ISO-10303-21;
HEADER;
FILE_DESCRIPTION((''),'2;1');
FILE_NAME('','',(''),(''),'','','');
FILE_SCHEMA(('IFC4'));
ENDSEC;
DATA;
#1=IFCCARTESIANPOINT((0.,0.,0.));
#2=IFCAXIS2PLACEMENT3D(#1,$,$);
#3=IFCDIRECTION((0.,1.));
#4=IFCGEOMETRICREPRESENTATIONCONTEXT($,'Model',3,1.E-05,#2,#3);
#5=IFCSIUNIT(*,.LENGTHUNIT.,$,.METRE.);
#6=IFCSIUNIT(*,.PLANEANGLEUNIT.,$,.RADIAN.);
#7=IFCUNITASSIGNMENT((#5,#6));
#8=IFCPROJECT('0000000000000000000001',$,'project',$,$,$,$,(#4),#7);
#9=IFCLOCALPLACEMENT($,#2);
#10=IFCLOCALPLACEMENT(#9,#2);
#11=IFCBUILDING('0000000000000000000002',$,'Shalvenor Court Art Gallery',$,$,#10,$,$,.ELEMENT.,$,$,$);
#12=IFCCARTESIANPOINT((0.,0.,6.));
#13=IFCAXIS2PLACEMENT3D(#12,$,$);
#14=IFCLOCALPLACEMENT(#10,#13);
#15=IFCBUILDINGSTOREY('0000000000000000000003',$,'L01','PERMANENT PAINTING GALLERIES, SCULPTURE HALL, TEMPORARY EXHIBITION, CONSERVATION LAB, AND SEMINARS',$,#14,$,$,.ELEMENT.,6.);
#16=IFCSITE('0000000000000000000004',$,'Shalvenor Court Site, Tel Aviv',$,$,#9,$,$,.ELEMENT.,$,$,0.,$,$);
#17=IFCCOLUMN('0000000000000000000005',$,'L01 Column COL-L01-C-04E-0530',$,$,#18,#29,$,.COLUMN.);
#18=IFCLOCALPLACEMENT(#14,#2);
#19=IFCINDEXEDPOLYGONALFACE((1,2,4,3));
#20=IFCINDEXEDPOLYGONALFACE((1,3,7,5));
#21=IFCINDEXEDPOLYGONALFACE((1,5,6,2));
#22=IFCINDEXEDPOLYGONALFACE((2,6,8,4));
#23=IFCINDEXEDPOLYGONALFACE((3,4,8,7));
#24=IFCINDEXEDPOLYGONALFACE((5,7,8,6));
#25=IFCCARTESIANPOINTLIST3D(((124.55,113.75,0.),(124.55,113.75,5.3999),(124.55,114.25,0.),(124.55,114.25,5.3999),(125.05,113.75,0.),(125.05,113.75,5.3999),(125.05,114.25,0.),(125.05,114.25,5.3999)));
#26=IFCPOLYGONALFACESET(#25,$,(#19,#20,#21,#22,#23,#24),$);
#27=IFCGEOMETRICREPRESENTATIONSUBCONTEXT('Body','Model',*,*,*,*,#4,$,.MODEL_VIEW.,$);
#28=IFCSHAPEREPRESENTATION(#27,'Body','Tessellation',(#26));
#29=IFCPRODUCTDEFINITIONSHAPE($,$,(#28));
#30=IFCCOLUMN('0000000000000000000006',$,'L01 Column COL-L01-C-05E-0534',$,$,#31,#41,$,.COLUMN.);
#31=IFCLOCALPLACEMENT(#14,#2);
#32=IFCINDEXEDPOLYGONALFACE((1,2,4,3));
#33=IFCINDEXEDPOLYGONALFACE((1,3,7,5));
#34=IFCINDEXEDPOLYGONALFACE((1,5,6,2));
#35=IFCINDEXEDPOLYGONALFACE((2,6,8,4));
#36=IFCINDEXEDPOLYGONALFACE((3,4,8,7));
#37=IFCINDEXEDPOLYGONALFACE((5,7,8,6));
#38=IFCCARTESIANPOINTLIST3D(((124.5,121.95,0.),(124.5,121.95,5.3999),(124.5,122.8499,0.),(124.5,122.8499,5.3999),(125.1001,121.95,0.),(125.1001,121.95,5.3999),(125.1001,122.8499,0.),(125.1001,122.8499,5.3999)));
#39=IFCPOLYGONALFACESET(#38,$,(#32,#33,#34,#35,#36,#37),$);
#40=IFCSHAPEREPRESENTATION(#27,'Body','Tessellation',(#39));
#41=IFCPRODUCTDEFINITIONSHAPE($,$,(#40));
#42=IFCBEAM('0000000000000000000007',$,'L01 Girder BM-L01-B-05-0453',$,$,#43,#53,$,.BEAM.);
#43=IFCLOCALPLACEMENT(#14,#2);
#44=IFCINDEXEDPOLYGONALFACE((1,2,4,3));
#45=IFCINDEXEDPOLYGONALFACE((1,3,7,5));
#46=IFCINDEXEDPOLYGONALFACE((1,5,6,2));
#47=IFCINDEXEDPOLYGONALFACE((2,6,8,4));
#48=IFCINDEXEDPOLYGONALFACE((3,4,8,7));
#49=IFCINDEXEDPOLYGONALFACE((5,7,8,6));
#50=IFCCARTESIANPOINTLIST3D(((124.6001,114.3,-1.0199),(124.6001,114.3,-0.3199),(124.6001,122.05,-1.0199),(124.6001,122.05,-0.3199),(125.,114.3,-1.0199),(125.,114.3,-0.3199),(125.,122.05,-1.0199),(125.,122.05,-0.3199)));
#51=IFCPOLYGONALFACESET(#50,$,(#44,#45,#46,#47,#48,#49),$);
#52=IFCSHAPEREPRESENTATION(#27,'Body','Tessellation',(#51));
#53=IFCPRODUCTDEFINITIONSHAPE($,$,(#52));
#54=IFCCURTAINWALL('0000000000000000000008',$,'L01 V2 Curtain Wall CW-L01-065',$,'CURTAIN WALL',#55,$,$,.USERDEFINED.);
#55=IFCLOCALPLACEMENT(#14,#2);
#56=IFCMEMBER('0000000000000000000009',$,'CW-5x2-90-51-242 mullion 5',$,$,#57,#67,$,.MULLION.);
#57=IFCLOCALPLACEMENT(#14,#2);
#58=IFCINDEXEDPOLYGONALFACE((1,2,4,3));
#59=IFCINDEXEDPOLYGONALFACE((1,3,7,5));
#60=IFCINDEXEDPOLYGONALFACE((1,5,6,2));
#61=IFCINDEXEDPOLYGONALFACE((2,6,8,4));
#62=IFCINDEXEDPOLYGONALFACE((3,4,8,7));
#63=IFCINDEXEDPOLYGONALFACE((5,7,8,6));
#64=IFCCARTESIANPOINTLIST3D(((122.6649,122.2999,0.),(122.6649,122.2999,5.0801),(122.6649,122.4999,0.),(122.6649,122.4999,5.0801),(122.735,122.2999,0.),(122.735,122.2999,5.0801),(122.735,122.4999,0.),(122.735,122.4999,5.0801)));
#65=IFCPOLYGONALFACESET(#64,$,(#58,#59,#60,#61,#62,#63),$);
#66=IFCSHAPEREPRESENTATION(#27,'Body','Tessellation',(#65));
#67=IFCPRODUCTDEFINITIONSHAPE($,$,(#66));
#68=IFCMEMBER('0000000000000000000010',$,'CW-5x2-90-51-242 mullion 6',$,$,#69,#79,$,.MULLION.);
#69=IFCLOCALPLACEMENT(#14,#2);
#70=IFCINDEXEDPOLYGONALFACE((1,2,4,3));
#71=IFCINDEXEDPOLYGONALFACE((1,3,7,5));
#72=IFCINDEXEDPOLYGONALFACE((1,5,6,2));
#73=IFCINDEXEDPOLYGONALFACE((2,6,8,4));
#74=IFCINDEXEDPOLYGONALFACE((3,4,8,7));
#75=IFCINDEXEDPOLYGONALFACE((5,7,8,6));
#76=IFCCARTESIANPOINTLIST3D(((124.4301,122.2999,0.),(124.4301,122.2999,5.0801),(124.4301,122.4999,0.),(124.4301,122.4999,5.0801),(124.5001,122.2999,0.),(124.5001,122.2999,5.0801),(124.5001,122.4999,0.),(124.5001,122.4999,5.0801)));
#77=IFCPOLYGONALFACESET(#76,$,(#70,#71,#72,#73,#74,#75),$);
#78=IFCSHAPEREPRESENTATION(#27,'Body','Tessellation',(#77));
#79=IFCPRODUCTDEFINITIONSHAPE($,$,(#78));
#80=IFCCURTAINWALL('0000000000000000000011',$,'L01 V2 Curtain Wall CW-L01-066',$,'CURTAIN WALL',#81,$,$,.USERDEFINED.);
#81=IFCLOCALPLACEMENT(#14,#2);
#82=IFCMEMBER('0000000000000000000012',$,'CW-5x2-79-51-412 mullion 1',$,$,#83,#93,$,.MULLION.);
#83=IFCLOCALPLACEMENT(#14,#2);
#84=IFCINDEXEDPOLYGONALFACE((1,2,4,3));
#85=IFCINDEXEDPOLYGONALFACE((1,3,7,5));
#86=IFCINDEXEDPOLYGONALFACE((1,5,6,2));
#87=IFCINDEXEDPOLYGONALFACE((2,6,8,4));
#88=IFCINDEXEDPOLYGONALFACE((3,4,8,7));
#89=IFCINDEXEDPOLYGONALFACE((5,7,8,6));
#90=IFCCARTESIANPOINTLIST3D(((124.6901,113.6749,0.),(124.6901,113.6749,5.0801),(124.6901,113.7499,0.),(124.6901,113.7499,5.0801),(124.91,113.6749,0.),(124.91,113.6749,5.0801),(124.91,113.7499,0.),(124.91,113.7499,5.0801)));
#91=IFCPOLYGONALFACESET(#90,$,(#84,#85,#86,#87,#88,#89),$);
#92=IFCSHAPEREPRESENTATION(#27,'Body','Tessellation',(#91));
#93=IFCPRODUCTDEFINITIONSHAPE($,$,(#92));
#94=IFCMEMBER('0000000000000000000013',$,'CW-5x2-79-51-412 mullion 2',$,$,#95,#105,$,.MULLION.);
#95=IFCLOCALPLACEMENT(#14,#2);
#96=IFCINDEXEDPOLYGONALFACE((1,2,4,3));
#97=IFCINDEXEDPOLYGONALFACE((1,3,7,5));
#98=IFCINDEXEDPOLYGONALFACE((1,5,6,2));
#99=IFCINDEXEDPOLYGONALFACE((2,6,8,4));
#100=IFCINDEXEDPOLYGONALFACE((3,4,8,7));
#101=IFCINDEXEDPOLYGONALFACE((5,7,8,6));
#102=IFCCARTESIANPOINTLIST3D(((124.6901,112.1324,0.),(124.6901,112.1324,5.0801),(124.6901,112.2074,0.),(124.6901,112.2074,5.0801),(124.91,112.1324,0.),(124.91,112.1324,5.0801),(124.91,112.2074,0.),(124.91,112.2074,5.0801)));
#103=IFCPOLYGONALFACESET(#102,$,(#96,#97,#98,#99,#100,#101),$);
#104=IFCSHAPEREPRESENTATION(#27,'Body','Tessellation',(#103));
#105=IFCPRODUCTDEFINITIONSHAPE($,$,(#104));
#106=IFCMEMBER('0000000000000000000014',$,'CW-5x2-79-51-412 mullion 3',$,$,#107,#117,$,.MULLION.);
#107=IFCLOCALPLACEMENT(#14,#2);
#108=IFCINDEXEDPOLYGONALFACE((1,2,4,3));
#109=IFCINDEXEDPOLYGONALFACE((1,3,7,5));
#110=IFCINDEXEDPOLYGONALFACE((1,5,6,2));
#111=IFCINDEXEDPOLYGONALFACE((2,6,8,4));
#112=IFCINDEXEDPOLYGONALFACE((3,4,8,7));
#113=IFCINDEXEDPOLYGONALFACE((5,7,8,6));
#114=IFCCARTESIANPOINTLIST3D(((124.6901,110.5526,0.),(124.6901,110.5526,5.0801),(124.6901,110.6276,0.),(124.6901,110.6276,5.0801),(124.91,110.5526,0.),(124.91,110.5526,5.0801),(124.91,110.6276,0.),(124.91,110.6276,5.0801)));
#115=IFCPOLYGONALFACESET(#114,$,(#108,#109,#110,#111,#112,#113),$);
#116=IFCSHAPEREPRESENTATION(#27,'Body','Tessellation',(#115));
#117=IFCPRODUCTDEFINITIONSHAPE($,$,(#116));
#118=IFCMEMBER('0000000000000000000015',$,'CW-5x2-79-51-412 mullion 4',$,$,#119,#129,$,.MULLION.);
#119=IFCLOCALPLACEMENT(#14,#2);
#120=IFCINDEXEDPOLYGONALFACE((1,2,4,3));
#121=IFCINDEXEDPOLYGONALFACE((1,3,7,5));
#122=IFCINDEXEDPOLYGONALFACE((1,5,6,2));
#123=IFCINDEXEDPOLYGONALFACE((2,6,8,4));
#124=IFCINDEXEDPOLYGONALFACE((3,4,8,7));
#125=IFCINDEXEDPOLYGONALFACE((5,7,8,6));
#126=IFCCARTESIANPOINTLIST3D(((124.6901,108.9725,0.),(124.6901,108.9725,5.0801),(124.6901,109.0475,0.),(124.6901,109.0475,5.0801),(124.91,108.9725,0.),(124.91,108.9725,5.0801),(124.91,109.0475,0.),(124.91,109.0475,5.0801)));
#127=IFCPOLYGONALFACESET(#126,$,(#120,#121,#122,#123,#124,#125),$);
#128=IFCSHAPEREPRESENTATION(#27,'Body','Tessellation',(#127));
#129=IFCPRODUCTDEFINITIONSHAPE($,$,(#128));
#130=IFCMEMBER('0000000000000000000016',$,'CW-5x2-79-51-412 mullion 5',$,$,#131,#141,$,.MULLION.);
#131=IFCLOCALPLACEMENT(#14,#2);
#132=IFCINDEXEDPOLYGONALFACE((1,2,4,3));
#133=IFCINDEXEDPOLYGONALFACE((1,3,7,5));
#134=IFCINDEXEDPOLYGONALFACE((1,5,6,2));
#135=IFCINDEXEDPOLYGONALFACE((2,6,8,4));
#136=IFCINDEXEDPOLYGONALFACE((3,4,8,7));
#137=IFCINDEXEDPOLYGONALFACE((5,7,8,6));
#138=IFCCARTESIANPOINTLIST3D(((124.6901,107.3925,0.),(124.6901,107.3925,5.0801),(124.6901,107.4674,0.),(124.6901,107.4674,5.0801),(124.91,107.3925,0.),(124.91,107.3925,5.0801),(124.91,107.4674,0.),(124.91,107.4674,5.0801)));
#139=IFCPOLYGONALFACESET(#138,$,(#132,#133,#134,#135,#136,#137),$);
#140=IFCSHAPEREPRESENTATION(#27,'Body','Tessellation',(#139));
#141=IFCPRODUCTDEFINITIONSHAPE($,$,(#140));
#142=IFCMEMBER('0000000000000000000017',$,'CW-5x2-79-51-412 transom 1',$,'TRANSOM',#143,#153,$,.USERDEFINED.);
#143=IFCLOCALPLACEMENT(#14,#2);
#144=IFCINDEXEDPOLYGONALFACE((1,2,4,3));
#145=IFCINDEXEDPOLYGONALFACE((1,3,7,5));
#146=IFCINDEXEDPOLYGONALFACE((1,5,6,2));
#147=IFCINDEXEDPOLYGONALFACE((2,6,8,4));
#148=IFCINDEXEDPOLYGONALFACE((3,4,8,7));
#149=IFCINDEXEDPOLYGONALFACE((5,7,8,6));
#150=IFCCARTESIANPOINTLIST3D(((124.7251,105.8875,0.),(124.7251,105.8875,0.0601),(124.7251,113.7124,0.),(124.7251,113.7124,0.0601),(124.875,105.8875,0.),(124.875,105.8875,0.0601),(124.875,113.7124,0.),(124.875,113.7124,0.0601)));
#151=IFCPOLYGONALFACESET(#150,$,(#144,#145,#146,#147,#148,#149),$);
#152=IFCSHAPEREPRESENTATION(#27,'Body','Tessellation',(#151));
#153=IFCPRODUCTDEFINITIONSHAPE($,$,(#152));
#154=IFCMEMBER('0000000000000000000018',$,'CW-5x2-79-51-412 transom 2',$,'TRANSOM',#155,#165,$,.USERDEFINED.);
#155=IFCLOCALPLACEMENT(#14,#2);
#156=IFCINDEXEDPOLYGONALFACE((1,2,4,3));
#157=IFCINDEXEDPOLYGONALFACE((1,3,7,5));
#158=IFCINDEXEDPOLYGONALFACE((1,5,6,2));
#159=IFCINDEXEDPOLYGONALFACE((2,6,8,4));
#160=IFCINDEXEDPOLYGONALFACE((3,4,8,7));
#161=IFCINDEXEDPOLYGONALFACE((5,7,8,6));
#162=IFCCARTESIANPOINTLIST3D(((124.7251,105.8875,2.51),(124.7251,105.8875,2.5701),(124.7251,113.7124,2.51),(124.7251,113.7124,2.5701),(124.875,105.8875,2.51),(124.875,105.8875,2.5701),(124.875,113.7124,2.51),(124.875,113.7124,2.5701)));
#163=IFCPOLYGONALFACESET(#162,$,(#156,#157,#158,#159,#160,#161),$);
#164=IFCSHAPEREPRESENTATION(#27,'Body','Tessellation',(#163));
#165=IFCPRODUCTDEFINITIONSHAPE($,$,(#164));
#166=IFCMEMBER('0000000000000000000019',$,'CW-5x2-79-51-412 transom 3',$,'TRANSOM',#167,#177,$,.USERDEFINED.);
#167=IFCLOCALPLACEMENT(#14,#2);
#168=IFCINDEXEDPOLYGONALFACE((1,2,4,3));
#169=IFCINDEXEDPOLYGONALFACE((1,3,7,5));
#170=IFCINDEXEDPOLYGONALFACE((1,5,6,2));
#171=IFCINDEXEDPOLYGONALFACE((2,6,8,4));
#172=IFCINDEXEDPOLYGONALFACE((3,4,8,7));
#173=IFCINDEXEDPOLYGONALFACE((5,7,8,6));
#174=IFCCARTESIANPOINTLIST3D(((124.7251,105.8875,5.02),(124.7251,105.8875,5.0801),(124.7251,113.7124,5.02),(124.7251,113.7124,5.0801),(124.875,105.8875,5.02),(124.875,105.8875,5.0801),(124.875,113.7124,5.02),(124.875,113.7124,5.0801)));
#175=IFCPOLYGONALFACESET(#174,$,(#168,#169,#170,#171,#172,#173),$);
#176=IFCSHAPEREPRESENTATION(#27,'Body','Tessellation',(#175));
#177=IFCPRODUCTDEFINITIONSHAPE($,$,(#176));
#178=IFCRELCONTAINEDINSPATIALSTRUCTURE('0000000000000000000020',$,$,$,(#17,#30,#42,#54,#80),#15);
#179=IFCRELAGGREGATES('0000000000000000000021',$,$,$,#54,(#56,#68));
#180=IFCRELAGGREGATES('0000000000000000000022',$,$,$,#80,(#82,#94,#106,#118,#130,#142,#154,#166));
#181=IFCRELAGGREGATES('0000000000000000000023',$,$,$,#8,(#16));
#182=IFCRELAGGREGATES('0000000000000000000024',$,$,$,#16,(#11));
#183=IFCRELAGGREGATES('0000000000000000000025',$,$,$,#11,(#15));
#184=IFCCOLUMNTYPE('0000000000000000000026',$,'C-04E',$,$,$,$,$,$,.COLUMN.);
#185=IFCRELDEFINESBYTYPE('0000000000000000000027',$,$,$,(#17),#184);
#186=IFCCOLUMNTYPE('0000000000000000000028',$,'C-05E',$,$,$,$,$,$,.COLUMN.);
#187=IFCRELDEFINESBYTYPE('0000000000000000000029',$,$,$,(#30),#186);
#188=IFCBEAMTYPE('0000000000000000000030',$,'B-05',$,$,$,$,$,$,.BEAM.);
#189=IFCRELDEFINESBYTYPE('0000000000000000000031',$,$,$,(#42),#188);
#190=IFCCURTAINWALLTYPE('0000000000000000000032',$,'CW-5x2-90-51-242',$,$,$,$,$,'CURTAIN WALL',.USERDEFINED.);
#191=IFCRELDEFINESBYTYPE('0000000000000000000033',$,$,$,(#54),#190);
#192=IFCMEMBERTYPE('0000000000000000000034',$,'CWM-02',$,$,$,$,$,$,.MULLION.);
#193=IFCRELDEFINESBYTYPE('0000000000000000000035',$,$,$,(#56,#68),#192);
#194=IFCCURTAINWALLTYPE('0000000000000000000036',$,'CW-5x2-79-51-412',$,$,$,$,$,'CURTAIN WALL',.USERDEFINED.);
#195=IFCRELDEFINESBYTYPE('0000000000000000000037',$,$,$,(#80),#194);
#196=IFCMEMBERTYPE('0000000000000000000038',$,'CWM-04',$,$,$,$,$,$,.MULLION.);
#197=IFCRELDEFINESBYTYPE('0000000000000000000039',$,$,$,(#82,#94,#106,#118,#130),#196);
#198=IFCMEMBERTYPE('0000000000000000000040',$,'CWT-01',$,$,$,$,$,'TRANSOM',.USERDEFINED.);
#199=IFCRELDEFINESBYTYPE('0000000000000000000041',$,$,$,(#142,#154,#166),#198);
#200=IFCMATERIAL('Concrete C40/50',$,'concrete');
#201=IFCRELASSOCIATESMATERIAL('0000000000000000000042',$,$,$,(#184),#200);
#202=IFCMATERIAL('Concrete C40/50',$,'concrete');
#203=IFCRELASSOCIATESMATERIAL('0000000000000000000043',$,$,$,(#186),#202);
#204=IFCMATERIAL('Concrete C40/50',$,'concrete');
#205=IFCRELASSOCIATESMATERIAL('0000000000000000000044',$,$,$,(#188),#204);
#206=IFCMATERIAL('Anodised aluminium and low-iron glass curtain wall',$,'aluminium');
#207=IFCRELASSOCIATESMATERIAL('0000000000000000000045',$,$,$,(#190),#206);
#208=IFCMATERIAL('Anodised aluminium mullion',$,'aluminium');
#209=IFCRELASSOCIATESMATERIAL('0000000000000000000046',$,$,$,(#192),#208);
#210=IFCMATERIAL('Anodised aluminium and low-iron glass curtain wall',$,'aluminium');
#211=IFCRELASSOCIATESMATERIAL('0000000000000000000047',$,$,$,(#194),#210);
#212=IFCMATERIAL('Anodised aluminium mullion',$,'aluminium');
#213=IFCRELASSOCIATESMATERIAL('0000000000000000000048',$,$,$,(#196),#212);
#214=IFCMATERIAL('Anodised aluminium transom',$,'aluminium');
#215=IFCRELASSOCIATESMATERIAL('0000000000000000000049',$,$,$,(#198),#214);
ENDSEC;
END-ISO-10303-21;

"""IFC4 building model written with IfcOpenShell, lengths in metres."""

from ifc_helpers import new_model, si_unit, direction, frame, origin, origin_2d, place, context, subcontext, project, spatial, rectangle, extrude, material, material_profile, profile_set, type_object, element, aggregate, save


model = new_model("IFC4")

# Units and contexts
model_context = context("Model", 3, precision=1e-05, world=origin(), true_north=direction((0.0, 1.0)))
body_context = subcontext(model_context, "Body", "Model", "MODEL_VIEW")
ifc_project = project(units=[si_unit("LENGTHUNIT", "METRE"), si_unit("PLANEANGLEUNIT", "RADIAN")], contexts=[model_context])

# Site, building, storey
site_placement = place(None, origin())
site = spatial("IfcSite", under=ifc_project, at=site_placement, Name="Shalvenor Court Site, Tel Aviv", CompositionType="ELEMENT", RefElevation=0.0)
building_placement = place(site_placement, origin())
building = spatial("IfcBuilding", under=site, at=building_placement, Name="Shalvenor Court Art Gallery", CompositionType="ELEMENT")
storey_placement = place(building_placement, frame((0.0, 0.0, 6.0)))
storey = spatial("IfcBuildingStorey", under=building, at=storey_placement, Name="L01", Description="PERMANENT PAINTING GALLERIES, SCULPTURE HALL, TEMPORARY EXHIBITION, CONSERVATION LAB, AND SEMINARS", CompositionType="ELEMENT", Elevation=6.0)

# Columns
ifc_material_1 = material(Name="Concrete C40/50", Category="concrete")
ifc_material_profile_1 = material_profile(ifc_material_1, rectangle(XDim=0.5, YDim=0.5, at=origin_2d()), Name="RC 500x500")
ifc_profile_set_1 = profile_set([ifc_material_profile_1], Name="Concrete C40/50")
column_type_1 = type_object("IfcColumnType", Name="C-04E", PredefinedType="COLUMN", material=ifc_profile_set_1)
column_1_placement = place(storey_placement, frame((124.8, 114.0, 0.0), z_axis=(0.0, 0.0, 1.0), x_axis=(1.0, 0.0, 0.0)))
element("IfcColumn", 1, at=column_1_placement, inside=storey, type_object=column_type_1, Name="L01 Column COL-L01-C-04E-0530", PredefinedType="COLUMN", context=body_context, shape_type="SweptSolid", body=[
    extrude(rectangle(XDim=0.5, YDim=0.5, at=origin_2d()), origin(), (0.0, 0.0, 1.0), 5.3999),
])
ifc_material_2 = material(Name="Concrete C40/50", Category="concrete")
ifc_material_profile_2 = material_profile(ifc_material_2, rectangle(XDim=0.6001, YDim=0.8999, at=origin_2d()), Name="RC 600x900")
ifc_profile_set_2 = profile_set([ifc_material_profile_2], Name="Concrete C40/50")
column_type_2 = type_object("IfcColumnType", Name="C-05E", PredefinedType="COLUMN", material=ifc_profile_set_2)
column_2_placement = place(storey_placement, frame((124.8, 122.3999, 0.0), z_axis=(0.0, 0.0, 1.0), x_axis=(1.0, 0.0, 0.0)))
element("IfcColumn", 2, at=column_2_placement, inside=storey, type_object=column_type_2, Name="L01 Column COL-L01-C-05E-0534", PredefinedType="COLUMN", context=body_context, shape_type="SweptSolid", body=[
    extrude(rectangle(XDim=0.6001, YDim=0.8999, at=origin_2d()), origin(), (0.0, 0.0, 1.0), 5.3999),
])

# Beam
ifc_material_3 = material(Name="Concrete C40/50", Category="concrete")
ifc_material_profile_3 = material_profile(ifc_material_3, rectangle(XDim=0.3999, YDim=0.7, at=origin_2d()), Name="RC 400x700")
ifc_profile_set_3 = profile_set([ifc_material_profile_3], Name="Concrete C40/50")
beam_type = type_object("IfcBeamType", Name="B-05", PredefinedType="BEAM", material=ifc_profile_set_3)
beam_placement = place(storey_placement, frame((124.8, 114.3, -0.6699), z_axis=(0.0, 1.0, 0.0), x_axis=(-1.0, 0.0, 0.0)))
element("IfcBeam", 3, at=beam_placement, inside=storey, type_object=beam_type, Name="L01 Girder BM-L01-B-05-0453", PredefinedType="BEAM", context=body_context, shape_type="SweptSolid", body=[
    extrude(rectangle(XDim=0.3999, YDim=0.7, at=origin_2d()), origin(), (0.0, 0.0, 1.0), 7.75),
])

# Curtain walls, members
ifc_material_4 = material(Name="Anodised aluminium and low-iron glass curtain wall", Category="aluminium")
curtain_wall_type_1 = type_object("IfcCurtainWallType", Name="CW-5x2-90-51-242", ElementType="CURTAIN WALL", PredefinedType="USERDEFINED", material=ifc_material_4)
curtain_wall_1_placement = place(storey_placement, origin())
curtain_wall_1 = element("IfcCurtainWall", 4, at=curtain_wall_1_placement, inside=storey, type_object=curtain_wall_type_1, Name="L01 V2 Curtain Wall CW-L01-065", ObjectType="CURTAIN WALL", PredefinedType="USERDEFINED")
ifc_material_5 = material(Name="Anodised aluminium mullion", Category="aluminium")
ifc_material_profile_4 = material_profile(ifc_material_5, rectangle(XDim=0.0701, YDim=0.2, at=origin_2d()), Name="CWM-02")
ifc_profile_set_4 = profile_set([ifc_material_profile_4], Name="Anodised aluminium mullion")
member_type_1 = type_object("IfcMemberType", Name="CWM-02", PredefinedType="MULLION", material=ifc_profile_set_4)
member_1_placement = place(storey_placement, frame((122.7, 122.3999, 0.0), z_axis=(0.0, 0.0, 1.0), x_axis=(1.0, 0.0, 0.0)))
member_1 = element("IfcMember", 5, at=member_1_placement, type_object=member_type_1, Name="CW-5x2-90-51-242 mullion 5", PredefinedType="MULLION", context=body_context, shape_type="SweptSolid", body=[
    extrude(rectangle(XDim=0.0701, YDim=0.2, at=origin_2d()), origin(), (0.0, 0.0, 1.0), 5.0801),
])
member_2_placement = place(storey_placement, frame((124.4651, 122.3999, 0.0), z_axis=(0.0, 0.0, 1.0), x_axis=(1.0, 0.0, 0.0)))
member_2 = element("IfcMember", 6, at=member_2_placement, type_object=member_type_1, Name="CW-5x2-90-51-242 mullion 6", PredefinedType="MULLION", context=body_context, shape_type="SweptSolid", body=[
    extrude(rectangle(XDim=0.0701, YDim=0.2, at=origin_2d()), origin(), (0.0, 0.0, 1.0), 5.0801),
])
ifc_material_6 = material(Name="Anodised aluminium and low-iron glass curtain wall", Category="aluminium")
curtain_wall_type_2 = type_object("IfcCurtainWallType", Name="CW-5x2-79-51-412", ElementType="CURTAIN WALL", PredefinedType="USERDEFINED", material=ifc_material_6)
curtain_wall_2_placement = place(storey_placement, origin())
curtain_wall_2 = element("IfcCurtainWall", 7, at=curtain_wall_2_placement, inside=storey, type_object=curtain_wall_type_2, Name="L01 V2 Curtain Wall CW-L01-066", ObjectType="CURTAIN WALL", PredefinedType="USERDEFINED")
ifc_material_7 = material(Name="Anodised aluminium mullion", Category="aluminium")
ifc_material_profile_5 = material_profile(ifc_material_7, rectangle(XDim=0.075, YDim=0.22, at=origin_2d()), Name="CWM-04")
ifc_profile_set_5 = profile_set([ifc_material_profile_5], Name="Anodised aluminium mullion")
member_type_2 = type_object("IfcMemberType", Name="CWM-04", PredefinedType="MULLION", material=ifc_profile_set_5)
member_3_placement = place(storey_placement, frame((124.8, 113.7124, 0.0), z_axis=(0.0, 0.0, 1.0), x_axis=(0.0, -1.0, 0.0)))
member_3 = element("IfcMember", 8, at=member_3_placement, type_object=member_type_2, Name="CW-5x2-79-51-412 mullion 1", PredefinedType="MULLION", context=body_context, shape_type="SweptSolid", body=[
    extrude(rectangle(XDim=0.075, YDim=0.22, at=origin_2d()), origin(), (0.0, 0.0, 1.0), 5.0801),
])
member_4_placement = place(storey_placement, frame((124.8, 112.1699, 0.0), z_axis=(0.0, 0.0, 1.0), x_axis=(0.0, -1.0, 0.0)))
member_4 = element("IfcMember", 9, at=member_4_placement, type_object=member_type_2, Name="CW-5x2-79-51-412 mullion 2", PredefinedType="MULLION", context=body_context, shape_type="SweptSolid", body=[
    extrude(rectangle(XDim=0.075, YDim=0.22, at=origin_2d()), origin(), (0.0, 0.0, 1.0), 5.0801),
])
member_5_placement = place(storey_placement, frame((124.8, 110.5901, 0.0), z_axis=(0.0, 0.0, 1.0), x_axis=(0.0, -1.0, 0.0)))
member_5 = element("IfcMember", 10, at=member_5_placement, type_object=member_type_2, Name="CW-5x2-79-51-412 mullion 3", PredefinedType="MULLION", context=body_context, shape_type="SweptSolid", body=[
    extrude(rectangle(XDim=0.075, YDim=0.22, at=origin_2d()), origin(), (0.0, 0.0, 1.0), 5.0801),
])
member_6_placement = place(storey_placement, frame((124.8, 109.01, 0.0), z_axis=(0.0, 0.0, 1.0), x_axis=(0.0, -1.0, 0.0)))
member_6 = element("IfcMember", 11, at=member_6_placement, type_object=member_type_2, Name="CW-5x2-79-51-412 mullion 4", PredefinedType="MULLION", context=body_context, shape_type="SweptSolid", body=[
    extrude(rectangle(XDim=0.075, YDim=0.22, at=origin_2d()), origin(), (0.0, 0.0, 1.0), 5.0801),
])
member_7_placement = place(storey_placement, frame((124.8, 107.4299, 0.0), z_axis=(0.0, 0.0, 1.0), x_axis=(0.0, -1.0, 0.0)))
member_7 = element("IfcMember", 12, at=member_7_placement, type_object=member_type_2, Name="CW-5x2-79-51-412 mullion 5", PredefinedType="MULLION", context=body_context, shape_type="SweptSolid", body=[
    extrude(rectangle(XDim=0.075, YDim=0.22, at=origin_2d()), origin(), (0.0, 0.0, 1.0), 5.0801),
])
ifc_material_8 = material(Name="Anodised aluminium transom", Category="aluminium")
ifc_material_profile_6 = material_profile(ifc_material_8, rectangle(XDim=0.1499, YDim=0.0601, at=origin_2d()), Name="CWT-01")
ifc_profile_set_6 = profile_set([ifc_material_profile_6], Name="Anodised aluminium transom")
member_type_3 = type_object("IfcMemberType", Name="CWT-01", ElementType="TRANSOM", PredefinedType="USERDEFINED", material=ifc_profile_set_6)
member_8_placement = place(storey_placement, frame((124.8, 113.7124, 0.03), z_axis=(0.0, -1.0, 0.0), x_axis=(1.0, 0.0, 0.0)))
member_8 = element("IfcMember", 13, at=member_8_placement, type_object=member_type_3, Name="CW-5x2-79-51-412 transom 1", ObjectType="TRANSOM", PredefinedType="USERDEFINED", context=body_context, shape_type="SweptSolid", body=[
    extrude(rectangle(XDim=0.1499, YDim=0.0601, at=origin_2d()), origin(), (0.0, 0.0, 1.0), 7.825),
])
member_9_placement = place(storey_placement, frame((124.8, 113.7124, 2.54), z_axis=(0.0, -1.0, 0.0), x_axis=(1.0, 0.0, 0.0)))
member_9 = element("IfcMember", 14, at=member_9_placement, type_object=member_type_3, Name="CW-5x2-79-51-412 transom 2", ObjectType="TRANSOM", PredefinedType="USERDEFINED", context=body_context, shape_type="SweptSolid", body=[
    extrude(rectangle(XDim=0.1499, YDim=0.0601, at=origin_2d()), origin(), (0.0, 0.0, 1.0), 7.825),
])
member_10_placement = place(storey_placement, frame((124.8, 113.7124, 5.05), z_axis=(0.0, -1.0, 0.0), x_axis=(1.0, 0.0, 0.0)))
member_10 = element("IfcMember", 15, at=member_10_placement, type_object=member_type_3, Name="CW-5x2-79-51-412 transom 3", ObjectType="TRANSOM", PredefinedType="USERDEFINED", context=body_context, shape_type="SweptSolid", body=[
    extrude(rectangle(XDim=0.1499, YDim=0.0601, at=origin_2d()), origin(), (0.0, 0.0, 1.0), 7.825),
])

aggregate(curtain_wall_1, [member_1, member_2])
aggregate(curtain_wall_2, [member_3, member_4, member_5, member_6, member_7, member_8, member_9, member_10])

save(model, "model.ifc")
